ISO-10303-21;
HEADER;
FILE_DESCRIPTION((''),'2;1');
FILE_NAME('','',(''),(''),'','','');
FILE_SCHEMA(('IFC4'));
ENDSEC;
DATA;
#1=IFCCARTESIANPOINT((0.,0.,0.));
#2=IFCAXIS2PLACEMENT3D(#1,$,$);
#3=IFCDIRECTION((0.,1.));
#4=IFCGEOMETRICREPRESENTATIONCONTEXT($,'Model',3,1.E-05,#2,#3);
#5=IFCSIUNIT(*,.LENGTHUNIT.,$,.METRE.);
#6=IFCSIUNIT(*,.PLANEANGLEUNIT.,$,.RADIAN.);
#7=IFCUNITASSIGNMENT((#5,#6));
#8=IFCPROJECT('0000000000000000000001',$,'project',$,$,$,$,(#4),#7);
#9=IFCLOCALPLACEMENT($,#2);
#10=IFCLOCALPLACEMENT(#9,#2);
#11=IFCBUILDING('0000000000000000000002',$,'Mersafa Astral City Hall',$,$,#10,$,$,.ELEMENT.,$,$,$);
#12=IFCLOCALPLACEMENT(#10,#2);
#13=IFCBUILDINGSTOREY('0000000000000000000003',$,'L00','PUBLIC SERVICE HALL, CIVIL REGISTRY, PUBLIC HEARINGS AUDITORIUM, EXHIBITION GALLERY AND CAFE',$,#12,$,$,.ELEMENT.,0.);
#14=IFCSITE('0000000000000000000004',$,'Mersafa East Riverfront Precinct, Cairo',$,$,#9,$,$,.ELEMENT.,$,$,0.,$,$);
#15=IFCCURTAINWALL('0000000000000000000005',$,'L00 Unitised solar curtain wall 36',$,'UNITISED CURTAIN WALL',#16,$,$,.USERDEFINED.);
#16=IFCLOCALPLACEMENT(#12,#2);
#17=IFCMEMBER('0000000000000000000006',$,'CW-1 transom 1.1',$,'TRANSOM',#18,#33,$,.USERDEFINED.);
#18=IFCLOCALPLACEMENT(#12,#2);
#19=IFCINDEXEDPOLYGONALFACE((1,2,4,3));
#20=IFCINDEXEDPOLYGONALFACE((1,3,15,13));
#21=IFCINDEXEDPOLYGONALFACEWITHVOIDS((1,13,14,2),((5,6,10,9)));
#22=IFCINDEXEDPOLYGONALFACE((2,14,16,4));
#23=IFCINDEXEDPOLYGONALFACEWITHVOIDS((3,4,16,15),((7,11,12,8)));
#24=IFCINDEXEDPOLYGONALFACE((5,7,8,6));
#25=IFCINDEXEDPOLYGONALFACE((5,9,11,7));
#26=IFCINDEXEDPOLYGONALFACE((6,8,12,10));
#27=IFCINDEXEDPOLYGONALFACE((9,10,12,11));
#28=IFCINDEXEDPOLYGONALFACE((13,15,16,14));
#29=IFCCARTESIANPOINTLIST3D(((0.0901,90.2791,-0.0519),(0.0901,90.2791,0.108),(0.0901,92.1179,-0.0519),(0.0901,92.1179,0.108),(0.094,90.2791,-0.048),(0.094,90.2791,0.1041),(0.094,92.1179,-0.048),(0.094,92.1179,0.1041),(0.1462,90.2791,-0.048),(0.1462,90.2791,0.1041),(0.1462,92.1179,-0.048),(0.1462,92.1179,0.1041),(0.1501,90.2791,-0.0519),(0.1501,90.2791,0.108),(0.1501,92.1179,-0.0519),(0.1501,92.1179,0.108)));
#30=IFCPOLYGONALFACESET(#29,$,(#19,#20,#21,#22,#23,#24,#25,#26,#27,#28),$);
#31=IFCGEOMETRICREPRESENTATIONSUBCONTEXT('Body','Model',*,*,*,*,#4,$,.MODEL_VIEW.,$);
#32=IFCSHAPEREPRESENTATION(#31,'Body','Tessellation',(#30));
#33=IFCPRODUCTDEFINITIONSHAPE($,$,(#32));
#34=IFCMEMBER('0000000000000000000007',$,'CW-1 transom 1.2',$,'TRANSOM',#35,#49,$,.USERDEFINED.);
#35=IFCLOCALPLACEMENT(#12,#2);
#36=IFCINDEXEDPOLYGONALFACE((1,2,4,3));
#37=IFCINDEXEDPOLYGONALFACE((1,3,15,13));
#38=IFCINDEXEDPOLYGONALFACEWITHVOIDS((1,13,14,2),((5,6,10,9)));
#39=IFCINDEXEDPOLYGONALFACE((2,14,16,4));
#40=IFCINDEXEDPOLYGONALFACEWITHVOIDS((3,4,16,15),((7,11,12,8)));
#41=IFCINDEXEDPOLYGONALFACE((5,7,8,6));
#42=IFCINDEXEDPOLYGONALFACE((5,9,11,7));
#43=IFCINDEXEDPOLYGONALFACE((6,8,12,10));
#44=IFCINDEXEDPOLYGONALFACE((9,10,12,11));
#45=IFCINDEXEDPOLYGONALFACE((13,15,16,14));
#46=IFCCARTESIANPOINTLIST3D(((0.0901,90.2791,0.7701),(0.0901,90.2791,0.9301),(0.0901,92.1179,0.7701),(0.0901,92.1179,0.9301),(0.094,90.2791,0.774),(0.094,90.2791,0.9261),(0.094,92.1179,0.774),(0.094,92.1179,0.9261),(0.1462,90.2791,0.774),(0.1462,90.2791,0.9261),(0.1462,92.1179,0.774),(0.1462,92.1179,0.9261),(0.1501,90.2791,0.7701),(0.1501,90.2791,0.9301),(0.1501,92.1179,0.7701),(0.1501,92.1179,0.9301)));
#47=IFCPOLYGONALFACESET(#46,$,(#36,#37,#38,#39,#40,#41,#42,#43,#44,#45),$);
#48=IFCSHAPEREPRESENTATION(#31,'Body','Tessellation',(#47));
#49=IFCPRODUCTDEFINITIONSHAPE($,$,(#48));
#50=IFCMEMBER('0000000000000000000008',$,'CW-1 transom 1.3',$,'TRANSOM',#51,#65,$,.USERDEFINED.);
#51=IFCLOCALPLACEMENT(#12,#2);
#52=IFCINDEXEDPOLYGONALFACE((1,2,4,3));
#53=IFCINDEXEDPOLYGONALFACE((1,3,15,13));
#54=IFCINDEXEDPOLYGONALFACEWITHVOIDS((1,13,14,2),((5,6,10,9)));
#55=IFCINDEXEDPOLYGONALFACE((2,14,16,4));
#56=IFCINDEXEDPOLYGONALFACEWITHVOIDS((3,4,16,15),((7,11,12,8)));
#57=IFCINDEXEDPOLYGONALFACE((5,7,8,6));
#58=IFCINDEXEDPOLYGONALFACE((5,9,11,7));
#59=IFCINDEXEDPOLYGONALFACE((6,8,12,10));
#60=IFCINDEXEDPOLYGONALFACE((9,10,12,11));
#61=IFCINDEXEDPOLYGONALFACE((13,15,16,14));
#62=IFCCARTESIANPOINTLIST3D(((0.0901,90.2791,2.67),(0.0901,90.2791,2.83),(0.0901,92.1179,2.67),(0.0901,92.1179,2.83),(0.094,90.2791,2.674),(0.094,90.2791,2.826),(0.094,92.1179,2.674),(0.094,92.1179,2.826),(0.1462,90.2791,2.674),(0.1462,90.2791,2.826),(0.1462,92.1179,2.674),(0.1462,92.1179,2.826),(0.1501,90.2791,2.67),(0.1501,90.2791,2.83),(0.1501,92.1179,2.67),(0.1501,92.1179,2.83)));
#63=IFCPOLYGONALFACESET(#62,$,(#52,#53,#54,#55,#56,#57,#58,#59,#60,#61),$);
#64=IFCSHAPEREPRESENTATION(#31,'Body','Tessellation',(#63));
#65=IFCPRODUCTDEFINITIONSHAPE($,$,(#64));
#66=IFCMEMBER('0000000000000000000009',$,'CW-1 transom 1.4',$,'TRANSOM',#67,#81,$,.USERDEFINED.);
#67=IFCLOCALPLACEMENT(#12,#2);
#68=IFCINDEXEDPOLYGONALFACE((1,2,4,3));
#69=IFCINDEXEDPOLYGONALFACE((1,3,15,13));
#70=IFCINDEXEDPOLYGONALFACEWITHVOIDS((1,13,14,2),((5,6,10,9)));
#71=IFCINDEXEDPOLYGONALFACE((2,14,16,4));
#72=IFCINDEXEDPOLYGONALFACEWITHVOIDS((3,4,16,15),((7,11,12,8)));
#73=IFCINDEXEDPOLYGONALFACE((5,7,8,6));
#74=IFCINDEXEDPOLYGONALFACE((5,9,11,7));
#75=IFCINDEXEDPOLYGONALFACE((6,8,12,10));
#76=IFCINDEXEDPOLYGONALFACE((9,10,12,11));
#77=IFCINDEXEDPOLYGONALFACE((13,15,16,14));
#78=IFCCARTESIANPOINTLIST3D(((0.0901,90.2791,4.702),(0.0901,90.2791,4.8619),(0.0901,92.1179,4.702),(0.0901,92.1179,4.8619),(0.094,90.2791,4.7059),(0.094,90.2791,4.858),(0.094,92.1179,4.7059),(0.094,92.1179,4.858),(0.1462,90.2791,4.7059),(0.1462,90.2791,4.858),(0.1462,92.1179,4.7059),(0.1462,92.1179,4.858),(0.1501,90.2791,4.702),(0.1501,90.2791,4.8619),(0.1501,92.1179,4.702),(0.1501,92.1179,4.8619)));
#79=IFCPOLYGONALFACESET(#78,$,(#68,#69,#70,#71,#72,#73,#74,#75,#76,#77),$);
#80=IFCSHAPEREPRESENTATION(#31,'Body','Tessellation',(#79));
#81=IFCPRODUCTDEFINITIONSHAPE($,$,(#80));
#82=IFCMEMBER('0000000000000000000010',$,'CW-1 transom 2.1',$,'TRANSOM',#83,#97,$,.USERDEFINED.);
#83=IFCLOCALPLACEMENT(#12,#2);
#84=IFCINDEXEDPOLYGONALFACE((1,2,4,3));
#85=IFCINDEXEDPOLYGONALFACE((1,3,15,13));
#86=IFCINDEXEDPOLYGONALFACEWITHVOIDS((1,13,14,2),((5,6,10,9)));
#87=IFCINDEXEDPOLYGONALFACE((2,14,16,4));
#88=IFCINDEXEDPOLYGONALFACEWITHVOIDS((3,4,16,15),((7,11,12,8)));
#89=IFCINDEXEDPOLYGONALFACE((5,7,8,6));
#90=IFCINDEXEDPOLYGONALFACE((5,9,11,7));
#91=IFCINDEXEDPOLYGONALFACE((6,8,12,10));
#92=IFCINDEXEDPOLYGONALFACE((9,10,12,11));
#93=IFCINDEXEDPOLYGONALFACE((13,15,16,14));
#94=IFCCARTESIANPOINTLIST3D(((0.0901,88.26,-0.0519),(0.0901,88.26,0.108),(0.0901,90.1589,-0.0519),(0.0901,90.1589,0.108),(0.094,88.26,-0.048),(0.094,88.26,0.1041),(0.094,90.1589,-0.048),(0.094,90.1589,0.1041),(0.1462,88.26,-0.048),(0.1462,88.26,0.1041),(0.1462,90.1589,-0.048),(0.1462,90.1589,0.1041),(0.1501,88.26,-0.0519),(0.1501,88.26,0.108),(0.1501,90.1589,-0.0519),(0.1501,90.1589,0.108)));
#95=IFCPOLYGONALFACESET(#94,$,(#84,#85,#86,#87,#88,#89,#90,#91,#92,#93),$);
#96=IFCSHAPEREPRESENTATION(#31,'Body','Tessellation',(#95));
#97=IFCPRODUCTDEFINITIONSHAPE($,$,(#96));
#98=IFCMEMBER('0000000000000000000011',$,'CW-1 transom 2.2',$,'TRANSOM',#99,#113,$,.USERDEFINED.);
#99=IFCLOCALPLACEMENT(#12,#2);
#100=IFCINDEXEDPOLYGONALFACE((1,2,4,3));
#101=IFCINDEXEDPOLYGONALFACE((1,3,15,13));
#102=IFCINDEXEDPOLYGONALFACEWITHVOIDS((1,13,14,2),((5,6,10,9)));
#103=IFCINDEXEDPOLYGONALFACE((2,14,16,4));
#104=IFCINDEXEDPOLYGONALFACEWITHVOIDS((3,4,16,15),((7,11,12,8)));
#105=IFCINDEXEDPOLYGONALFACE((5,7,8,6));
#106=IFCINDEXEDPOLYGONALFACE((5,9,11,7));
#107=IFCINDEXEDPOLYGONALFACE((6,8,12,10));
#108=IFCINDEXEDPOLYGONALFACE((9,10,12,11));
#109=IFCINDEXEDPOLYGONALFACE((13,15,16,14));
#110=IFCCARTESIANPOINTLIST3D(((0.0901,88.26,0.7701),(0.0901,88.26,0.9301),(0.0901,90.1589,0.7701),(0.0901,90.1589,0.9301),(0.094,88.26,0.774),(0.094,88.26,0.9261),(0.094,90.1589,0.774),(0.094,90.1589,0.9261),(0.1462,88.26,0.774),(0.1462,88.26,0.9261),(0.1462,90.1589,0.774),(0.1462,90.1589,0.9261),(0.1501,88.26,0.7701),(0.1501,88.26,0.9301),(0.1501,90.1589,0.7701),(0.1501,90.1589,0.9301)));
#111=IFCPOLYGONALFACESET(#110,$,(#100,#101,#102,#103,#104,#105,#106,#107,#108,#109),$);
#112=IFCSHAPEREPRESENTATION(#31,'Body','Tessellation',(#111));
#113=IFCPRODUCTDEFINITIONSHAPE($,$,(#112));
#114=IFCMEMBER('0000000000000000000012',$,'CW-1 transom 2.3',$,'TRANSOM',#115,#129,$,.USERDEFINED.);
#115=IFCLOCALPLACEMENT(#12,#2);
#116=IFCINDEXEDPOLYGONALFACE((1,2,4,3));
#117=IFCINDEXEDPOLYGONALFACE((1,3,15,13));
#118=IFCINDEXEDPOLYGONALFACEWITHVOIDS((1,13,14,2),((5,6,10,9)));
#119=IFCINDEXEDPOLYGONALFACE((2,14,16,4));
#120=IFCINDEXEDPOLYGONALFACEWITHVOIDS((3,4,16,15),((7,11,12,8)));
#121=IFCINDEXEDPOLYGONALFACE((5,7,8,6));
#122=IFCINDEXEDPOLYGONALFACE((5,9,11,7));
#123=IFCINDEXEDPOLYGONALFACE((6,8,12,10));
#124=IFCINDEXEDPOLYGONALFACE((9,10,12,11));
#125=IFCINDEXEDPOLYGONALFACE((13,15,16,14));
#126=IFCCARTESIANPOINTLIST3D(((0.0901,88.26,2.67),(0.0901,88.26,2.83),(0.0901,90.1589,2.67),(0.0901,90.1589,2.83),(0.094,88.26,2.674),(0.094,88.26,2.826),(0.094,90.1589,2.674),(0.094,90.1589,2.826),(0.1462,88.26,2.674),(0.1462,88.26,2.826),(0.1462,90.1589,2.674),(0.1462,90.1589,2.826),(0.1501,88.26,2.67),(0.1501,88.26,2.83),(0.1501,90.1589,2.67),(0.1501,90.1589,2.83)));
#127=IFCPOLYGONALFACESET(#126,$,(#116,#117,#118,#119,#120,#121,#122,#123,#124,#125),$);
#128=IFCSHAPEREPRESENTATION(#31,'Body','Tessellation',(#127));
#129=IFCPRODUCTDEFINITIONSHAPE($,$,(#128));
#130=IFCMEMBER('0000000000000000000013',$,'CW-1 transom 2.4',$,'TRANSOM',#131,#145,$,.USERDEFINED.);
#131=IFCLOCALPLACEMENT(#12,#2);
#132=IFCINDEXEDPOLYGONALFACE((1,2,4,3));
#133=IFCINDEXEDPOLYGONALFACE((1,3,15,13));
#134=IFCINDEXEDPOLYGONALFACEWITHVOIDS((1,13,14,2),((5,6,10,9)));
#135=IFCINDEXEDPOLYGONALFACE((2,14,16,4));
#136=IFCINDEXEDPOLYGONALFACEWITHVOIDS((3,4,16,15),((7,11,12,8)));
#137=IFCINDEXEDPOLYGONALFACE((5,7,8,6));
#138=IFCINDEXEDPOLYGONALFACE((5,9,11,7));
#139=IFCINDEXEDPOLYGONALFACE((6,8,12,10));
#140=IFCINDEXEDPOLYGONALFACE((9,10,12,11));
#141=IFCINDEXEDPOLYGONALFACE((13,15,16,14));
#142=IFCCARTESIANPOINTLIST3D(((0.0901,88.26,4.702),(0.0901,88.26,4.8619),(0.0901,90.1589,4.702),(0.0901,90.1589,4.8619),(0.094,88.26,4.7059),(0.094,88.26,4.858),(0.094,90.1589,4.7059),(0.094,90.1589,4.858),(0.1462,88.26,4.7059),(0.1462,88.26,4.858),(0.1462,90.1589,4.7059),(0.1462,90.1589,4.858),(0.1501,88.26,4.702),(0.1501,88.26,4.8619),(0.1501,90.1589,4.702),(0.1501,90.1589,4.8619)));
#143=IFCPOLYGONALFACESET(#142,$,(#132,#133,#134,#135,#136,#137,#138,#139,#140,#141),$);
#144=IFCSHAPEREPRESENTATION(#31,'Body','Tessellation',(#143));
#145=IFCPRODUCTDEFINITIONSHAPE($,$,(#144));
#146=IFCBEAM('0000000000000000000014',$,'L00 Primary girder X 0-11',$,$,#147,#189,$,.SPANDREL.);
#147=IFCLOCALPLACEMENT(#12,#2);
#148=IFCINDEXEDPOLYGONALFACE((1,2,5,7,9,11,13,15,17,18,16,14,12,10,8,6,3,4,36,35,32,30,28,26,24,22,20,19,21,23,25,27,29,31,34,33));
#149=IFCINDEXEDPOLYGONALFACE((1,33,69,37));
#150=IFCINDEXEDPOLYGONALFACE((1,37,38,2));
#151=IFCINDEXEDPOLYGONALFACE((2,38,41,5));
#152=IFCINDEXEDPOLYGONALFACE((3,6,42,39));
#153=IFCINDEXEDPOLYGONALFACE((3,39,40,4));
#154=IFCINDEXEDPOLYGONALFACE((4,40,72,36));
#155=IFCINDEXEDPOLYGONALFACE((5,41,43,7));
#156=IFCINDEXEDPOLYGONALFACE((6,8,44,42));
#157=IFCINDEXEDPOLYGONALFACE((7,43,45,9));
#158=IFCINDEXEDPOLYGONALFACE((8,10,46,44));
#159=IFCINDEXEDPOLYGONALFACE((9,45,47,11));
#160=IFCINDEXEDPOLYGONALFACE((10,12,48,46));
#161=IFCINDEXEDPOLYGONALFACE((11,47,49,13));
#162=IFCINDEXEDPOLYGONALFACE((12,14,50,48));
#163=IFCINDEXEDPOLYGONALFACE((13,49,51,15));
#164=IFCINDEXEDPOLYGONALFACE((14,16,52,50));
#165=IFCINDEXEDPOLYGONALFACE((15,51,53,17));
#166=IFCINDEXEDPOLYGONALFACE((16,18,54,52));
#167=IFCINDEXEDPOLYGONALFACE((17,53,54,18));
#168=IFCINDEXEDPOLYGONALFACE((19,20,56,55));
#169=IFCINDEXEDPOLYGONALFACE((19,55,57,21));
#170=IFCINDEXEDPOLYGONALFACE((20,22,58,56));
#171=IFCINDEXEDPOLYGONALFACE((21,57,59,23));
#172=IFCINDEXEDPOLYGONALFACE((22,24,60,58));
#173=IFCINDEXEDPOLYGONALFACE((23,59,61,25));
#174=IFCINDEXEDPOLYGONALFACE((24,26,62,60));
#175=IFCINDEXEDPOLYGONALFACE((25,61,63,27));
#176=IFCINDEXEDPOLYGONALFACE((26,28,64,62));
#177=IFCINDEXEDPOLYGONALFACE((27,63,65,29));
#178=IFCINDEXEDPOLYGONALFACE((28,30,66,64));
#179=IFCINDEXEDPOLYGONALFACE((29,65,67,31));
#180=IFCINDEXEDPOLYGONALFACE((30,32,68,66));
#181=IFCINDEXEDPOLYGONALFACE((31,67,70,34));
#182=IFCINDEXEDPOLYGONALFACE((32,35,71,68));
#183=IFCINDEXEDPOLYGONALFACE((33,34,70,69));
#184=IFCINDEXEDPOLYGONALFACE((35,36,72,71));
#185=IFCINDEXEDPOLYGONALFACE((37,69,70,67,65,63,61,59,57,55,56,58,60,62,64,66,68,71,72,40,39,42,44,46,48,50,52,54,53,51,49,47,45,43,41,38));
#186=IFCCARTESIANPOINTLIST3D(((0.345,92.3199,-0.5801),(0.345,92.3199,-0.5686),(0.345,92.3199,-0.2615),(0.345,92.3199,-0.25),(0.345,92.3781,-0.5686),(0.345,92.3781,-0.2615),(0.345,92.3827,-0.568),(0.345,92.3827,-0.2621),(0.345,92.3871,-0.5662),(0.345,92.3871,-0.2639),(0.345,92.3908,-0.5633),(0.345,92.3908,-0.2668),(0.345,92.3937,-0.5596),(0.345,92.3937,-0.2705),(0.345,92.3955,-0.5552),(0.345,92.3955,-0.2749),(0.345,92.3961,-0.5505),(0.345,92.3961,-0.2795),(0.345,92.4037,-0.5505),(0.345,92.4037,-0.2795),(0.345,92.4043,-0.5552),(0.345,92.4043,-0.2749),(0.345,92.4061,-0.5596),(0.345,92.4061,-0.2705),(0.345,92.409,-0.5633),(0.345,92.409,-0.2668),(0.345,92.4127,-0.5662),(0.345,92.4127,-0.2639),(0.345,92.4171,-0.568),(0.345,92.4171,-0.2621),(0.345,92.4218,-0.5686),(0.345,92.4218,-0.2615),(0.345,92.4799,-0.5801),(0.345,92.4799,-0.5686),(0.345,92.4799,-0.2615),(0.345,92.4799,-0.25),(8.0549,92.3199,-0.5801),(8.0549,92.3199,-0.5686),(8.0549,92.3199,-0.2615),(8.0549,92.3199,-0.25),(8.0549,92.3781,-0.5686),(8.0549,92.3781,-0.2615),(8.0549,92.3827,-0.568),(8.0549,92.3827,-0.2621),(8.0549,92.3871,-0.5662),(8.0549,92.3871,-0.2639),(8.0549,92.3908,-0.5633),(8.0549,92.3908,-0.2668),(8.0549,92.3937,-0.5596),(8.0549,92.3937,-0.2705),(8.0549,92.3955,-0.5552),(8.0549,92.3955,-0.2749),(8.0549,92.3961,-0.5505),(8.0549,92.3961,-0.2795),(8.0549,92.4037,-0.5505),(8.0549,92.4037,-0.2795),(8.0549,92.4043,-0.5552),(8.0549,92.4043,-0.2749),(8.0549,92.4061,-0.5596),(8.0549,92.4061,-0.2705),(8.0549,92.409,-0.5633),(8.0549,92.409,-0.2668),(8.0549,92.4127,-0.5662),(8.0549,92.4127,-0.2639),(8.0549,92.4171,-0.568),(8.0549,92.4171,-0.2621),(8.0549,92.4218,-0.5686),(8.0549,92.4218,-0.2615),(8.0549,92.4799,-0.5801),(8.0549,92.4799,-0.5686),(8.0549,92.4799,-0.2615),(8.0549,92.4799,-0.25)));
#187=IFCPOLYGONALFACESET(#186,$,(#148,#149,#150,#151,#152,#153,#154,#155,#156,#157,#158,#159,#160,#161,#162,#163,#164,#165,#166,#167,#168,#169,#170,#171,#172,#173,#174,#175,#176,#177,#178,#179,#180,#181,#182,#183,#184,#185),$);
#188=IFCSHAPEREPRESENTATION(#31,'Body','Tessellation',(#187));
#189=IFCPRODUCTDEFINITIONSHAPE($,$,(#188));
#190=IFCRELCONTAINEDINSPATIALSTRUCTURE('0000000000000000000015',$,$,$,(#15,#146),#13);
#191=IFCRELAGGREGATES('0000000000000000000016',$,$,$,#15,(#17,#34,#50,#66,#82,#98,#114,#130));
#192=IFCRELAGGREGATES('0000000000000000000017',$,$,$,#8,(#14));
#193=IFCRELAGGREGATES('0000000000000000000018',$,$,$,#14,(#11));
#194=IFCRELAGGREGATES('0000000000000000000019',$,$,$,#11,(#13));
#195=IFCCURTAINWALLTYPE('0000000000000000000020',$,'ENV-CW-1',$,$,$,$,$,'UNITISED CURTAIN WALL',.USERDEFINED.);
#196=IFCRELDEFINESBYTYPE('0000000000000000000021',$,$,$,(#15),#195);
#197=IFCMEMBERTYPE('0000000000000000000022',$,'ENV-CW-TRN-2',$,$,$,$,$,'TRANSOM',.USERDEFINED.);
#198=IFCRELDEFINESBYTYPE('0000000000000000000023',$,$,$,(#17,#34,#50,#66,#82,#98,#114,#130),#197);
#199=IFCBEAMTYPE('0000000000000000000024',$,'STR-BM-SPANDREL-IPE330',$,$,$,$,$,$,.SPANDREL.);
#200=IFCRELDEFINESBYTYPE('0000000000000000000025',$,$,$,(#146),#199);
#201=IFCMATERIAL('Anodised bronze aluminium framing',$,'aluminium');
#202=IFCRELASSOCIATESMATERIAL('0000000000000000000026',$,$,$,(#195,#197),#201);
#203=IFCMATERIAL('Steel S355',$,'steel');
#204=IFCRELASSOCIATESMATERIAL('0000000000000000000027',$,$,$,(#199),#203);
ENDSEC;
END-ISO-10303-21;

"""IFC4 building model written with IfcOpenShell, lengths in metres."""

from ifc_helpers import new_model, si_unit, direction, frame, origin, origin_2d, place, context, subcontext, project, spatial, hollow_rectangle, i_section, extrude, material, material_profile, profile_set, type_object, element, aggregate, save


model = new_model("IFC4")

# Units and contexts
model_context = context("Model", 3, precision=1e-05, world=origin(), true_north=direction((0.0, 1.0)))
body_context = subcontext(model_context, "Body", "Model", "MODEL_VIEW")
ifc_project = project(units=[si_unit("LENGTHUNIT", "METRE"), si_unit("PLANEANGLEUNIT", "RADIAN")], contexts=[model_context])

# Site, building, storey
site_placement = place(None, origin())
site = spatial("IfcSite", under=ifc_project, at=site_placement, Name="Mersafa East Riverfront Precinct, Cairo", CompositionType="ELEMENT", RefElevation=0.0)
building_placement = place(site_placement, origin())
building = spatial("IfcBuilding", under=site, at=building_placement, Name="Mersafa Astral City Hall", CompositionType="ELEMENT")
storey_placement = place(building_placement, origin())
storey = spatial("IfcBuildingStorey", under=building, at=storey_placement, Name="L00", Description="PUBLIC SERVICE HALL, CIVIL REGISTRY, PUBLIC HEARINGS AUDITORIUM, EXHIBITION GALLERY AND CAFE", CompositionType="ELEMENT", Elevation=0.0)

# Shared definitions
ifc_material_1 = material(Name="Steel S355", Category="steel")

# Curtain wall, members
ifc_material_2 = material(Name="Anodised bronze aluminium framing", Category="aluminium")
curtain_wall_type = type_object("IfcCurtainWallType", Name="ENV-CW-1", ElementType="UNITISED CURTAIN WALL", PredefinedType="USERDEFINED", material=ifc_material_2)
curtain_wall_placement = place(storey_placement, origin())
curtain_wall = element("IfcCurtainWall", 1, at=curtain_wall_placement, inside=storey, type_object=curtain_wall_type, Name="L00 Unitised solar curtain wall 36", ObjectType="UNITISED CURTAIN WALL", PredefinedType="USERDEFINED")
ifc_material_profile_1 = material_profile(ifc_material_2, hollow_rectangle(XDim=0.0601, YDim=0.1599, WallThickness=0.0039, at=origin_2d()), Name="RHS 60x160x4")
ifc_profile_set_1 = profile_set([ifc_material_profile_1], Name="Anodised bronze aluminium framing")
member_type_1 = type_object("IfcMemberType", Name="ENV-CW-TRN-2", ElementType="TRANSOM", PredefinedType="USERDEFINED", material=ifc_profile_set_1)
member_1_placement = place(storey_placement, frame((0.1201, 92.1179, 0.0281), z_axis=(0.0, -1.0, 0.0), x_axis=(1.0, 0.0, 0.0)))
member_1 = element("IfcMember", 2, at=member_1_placement, type_object=member_type_1, Name="CW-1 transom 1.1", ObjectType="TRANSOM", PredefinedType="USERDEFINED", context=body_context, shape_type="SweptSolid", body=[
    extrude(hollow_rectangle(XDim=0.0601, YDim=0.1599, WallThickness=0.0039, at=origin_2d()), origin(), (0.0, 0.0, 1.0), 1.8389),
])
member_2_placement = place(storey_placement, frame((0.1201, 92.1179, 0.8501), z_axis=(0.0, -1.0, 0.0), x_axis=(1.0, 0.0, 0.0)))
member_2 = element("IfcMember", 3, at=member_2_placement, type_object=member_type_1, Name="CW-1 transom 1.2", ObjectType="TRANSOM", PredefinedType="USERDEFINED", context=body_context, shape_type="SweptSolid", body=[
    extrude(hollow_rectangle(XDim=0.0601, YDim=0.1599, WallThickness=0.0039, at=origin_2d()), origin(), (0.0, 0.0, 1.0), 1.8389),
])
member_3_placement = place(storey_placement, frame((0.1201, 92.1179, 2.75), z_axis=(0.0, -1.0, 0.0), x_axis=(1.0, 0.0, 0.0)))
member_3 = element("IfcMember", 4, at=member_3_placement, type_object=member_type_1, Name="CW-1 transom 1.3", ObjectType="TRANSOM", PredefinedType="USERDEFINED", context=body_context, shape_type="SweptSolid", body=[
    extrude(hollow_rectangle(XDim=0.0601, YDim=0.1599, WallThickness=0.0039, at=origin_2d()), origin(), (0.0, 0.0, 1.0), 1.8389),
])
member_4_placement = place(storey_placement, frame((0.1201, 92.1179, 4.782), z_axis=(0.0, -1.0, 0.0), x_axis=(1.0, 0.0, 0.0)))
member_4 = element("IfcMember", 5, at=member_4_placement, type_object=member_type_1, Name="CW-1 transom 1.4", ObjectType="TRANSOM", PredefinedType="USERDEFINED", context=body_context, shape_type="SweptSolid", body=[
    extrude(hollow_rectangle(XDim=0.0601, YDim=0.1599, WallThickness=0.0039, at=origin_2d()), origin(), (0.0, 0.0, 1.0), 1.8389),
])
member_5_placement = place(storey_placement, frame((0.1201, 90.1589, 0.0281), z_axis=(0.0, -1.0, 0.0), x_axis=(1.0, 0.0, 0.0)))
member_5 = element("IfcMember", 6, at=member_5_placement, type_object=member_type_1, Name="CW-1 transom 2.1", ObjectType="TRANSOM", PredefinedType="USERDEFINED", context=body_context, shape_type="SweptSolid", body=[
    extrude(hollow_rectangle(XDim=0.0601, YDim=0.1599, WallThickness=0.0039, at=origin_2d()), origin(), (0.0, 0.0, 1.0), 1.8989),
])
member_6_placement = place(storey_placement, frame((0.1201, 90.1589, 0.8501), z_axis=(0.0, -1.0, 0.0), x_axis=(1.0, 0.0, 0.0)))
member_6 = element("IfcMember", 7, at=member_6_placement, type_object=member_type_1, Name="CW-1 transom 2.2", ObjectType="TRANSOM", PredefinedType="USERDEFINED", context=body_context, shape_type="SweptSolid", body=[
    extrude(hollow_rectangle(XDim=0.0601, YDim=0.1599, WallThickness=0.0039, at=origin_2d()), origin(), (0.0, 0.0, 1.0), 1.8989),
])
member_7_placement = place(storey_placement, frame((0.1201, 90.1589, 2.75), z_axis=(0.0, -1.0, 0.0), x_axis=(1.0, 0.0, 0.0)))
member_7 = element("IfcMember", 8, at=member_7_placement, type_object=member_type_1, Name="CW-1 transom 2.3", ObjectType="TRANSOM", PredefinedType="USERDEFINED", context=body_context, shape_type="SweptSolid", body=[
    extrude(hollow_rectangle(XDim=0.0601, YDim=0.1599, WallThickness=0.0039, at=origin_2d()), origin(), (0.0, 0.0, 1.0), 1.8989),
])
member_8_placement = place(storey_placement, frame((0.1201, 90.1589, 4.782), z_axis=(0.0, -1.0, 0.0), x_axis=(1.0, 0.0, 0.0)))
member_8 = element("IfcMember", 9, at=member_8_placement, type_object=member_type_1, Name="CW-1 transom 2.4", ObjectType="TRANSOM", PredefinedType="USERDEFINED", context=body_context, shape_type="SweptSolid", body=[
    extrude(hollow_rectangle(XDim=0.0601, YDim=0.1599, WallThickness=0.0039, at=origin_2d()), origin(), (0.0, 0.0, 1.0), 1.8989),
])

# Beam
ifc_material_profile_2 = material_profile(ifc_material_1, i_section(OverallWidth=0.1599, OverallDepth=0.3301, WebThickness=0.0076, FlangeThickness=0.0115, FilletRadius=0.0181, at=origin_2d()), Name="IPE 330")
ifc_profile_set_2 = profile_set([ifc_material_profile_2], Name="Steel S355")
beam_type = type_object("IfcBeamType", Name="STR-BM-SPANDREL-IPE330", PredefinedType="SPANDREL", material=ifc_profile_set_2)
beam_placement = place(storey_placement, frame((0.345, 92.3999, -0.415), z_axis=(1.0, 0.0, 0.0), x_axis=(0.0, 1.0, 0.0)))
element("IfcBeam", 10, at=beam_placement, inside=storey, type_object=beam_type, Name="L00 Primary girder X 0-11", PredefinedType="SPANDREL", context=body_context, shape_type="SweptSolid", body=[
    extrude(i_section(OverallWidth=0.1599, OverallDepth=0.3301, WebThickness=0.0076, FlangeThickness=0.0115, FilletRadius=0.0181, at=origin_2d()), origin(), (0.0, 0.0, 1.0), 7.71),
])

aggregate(curtain_wall, [member_1, member_2, member_3, member_4, member_5, member_6, member_7, member_8])

save(model, "model.ifc")
